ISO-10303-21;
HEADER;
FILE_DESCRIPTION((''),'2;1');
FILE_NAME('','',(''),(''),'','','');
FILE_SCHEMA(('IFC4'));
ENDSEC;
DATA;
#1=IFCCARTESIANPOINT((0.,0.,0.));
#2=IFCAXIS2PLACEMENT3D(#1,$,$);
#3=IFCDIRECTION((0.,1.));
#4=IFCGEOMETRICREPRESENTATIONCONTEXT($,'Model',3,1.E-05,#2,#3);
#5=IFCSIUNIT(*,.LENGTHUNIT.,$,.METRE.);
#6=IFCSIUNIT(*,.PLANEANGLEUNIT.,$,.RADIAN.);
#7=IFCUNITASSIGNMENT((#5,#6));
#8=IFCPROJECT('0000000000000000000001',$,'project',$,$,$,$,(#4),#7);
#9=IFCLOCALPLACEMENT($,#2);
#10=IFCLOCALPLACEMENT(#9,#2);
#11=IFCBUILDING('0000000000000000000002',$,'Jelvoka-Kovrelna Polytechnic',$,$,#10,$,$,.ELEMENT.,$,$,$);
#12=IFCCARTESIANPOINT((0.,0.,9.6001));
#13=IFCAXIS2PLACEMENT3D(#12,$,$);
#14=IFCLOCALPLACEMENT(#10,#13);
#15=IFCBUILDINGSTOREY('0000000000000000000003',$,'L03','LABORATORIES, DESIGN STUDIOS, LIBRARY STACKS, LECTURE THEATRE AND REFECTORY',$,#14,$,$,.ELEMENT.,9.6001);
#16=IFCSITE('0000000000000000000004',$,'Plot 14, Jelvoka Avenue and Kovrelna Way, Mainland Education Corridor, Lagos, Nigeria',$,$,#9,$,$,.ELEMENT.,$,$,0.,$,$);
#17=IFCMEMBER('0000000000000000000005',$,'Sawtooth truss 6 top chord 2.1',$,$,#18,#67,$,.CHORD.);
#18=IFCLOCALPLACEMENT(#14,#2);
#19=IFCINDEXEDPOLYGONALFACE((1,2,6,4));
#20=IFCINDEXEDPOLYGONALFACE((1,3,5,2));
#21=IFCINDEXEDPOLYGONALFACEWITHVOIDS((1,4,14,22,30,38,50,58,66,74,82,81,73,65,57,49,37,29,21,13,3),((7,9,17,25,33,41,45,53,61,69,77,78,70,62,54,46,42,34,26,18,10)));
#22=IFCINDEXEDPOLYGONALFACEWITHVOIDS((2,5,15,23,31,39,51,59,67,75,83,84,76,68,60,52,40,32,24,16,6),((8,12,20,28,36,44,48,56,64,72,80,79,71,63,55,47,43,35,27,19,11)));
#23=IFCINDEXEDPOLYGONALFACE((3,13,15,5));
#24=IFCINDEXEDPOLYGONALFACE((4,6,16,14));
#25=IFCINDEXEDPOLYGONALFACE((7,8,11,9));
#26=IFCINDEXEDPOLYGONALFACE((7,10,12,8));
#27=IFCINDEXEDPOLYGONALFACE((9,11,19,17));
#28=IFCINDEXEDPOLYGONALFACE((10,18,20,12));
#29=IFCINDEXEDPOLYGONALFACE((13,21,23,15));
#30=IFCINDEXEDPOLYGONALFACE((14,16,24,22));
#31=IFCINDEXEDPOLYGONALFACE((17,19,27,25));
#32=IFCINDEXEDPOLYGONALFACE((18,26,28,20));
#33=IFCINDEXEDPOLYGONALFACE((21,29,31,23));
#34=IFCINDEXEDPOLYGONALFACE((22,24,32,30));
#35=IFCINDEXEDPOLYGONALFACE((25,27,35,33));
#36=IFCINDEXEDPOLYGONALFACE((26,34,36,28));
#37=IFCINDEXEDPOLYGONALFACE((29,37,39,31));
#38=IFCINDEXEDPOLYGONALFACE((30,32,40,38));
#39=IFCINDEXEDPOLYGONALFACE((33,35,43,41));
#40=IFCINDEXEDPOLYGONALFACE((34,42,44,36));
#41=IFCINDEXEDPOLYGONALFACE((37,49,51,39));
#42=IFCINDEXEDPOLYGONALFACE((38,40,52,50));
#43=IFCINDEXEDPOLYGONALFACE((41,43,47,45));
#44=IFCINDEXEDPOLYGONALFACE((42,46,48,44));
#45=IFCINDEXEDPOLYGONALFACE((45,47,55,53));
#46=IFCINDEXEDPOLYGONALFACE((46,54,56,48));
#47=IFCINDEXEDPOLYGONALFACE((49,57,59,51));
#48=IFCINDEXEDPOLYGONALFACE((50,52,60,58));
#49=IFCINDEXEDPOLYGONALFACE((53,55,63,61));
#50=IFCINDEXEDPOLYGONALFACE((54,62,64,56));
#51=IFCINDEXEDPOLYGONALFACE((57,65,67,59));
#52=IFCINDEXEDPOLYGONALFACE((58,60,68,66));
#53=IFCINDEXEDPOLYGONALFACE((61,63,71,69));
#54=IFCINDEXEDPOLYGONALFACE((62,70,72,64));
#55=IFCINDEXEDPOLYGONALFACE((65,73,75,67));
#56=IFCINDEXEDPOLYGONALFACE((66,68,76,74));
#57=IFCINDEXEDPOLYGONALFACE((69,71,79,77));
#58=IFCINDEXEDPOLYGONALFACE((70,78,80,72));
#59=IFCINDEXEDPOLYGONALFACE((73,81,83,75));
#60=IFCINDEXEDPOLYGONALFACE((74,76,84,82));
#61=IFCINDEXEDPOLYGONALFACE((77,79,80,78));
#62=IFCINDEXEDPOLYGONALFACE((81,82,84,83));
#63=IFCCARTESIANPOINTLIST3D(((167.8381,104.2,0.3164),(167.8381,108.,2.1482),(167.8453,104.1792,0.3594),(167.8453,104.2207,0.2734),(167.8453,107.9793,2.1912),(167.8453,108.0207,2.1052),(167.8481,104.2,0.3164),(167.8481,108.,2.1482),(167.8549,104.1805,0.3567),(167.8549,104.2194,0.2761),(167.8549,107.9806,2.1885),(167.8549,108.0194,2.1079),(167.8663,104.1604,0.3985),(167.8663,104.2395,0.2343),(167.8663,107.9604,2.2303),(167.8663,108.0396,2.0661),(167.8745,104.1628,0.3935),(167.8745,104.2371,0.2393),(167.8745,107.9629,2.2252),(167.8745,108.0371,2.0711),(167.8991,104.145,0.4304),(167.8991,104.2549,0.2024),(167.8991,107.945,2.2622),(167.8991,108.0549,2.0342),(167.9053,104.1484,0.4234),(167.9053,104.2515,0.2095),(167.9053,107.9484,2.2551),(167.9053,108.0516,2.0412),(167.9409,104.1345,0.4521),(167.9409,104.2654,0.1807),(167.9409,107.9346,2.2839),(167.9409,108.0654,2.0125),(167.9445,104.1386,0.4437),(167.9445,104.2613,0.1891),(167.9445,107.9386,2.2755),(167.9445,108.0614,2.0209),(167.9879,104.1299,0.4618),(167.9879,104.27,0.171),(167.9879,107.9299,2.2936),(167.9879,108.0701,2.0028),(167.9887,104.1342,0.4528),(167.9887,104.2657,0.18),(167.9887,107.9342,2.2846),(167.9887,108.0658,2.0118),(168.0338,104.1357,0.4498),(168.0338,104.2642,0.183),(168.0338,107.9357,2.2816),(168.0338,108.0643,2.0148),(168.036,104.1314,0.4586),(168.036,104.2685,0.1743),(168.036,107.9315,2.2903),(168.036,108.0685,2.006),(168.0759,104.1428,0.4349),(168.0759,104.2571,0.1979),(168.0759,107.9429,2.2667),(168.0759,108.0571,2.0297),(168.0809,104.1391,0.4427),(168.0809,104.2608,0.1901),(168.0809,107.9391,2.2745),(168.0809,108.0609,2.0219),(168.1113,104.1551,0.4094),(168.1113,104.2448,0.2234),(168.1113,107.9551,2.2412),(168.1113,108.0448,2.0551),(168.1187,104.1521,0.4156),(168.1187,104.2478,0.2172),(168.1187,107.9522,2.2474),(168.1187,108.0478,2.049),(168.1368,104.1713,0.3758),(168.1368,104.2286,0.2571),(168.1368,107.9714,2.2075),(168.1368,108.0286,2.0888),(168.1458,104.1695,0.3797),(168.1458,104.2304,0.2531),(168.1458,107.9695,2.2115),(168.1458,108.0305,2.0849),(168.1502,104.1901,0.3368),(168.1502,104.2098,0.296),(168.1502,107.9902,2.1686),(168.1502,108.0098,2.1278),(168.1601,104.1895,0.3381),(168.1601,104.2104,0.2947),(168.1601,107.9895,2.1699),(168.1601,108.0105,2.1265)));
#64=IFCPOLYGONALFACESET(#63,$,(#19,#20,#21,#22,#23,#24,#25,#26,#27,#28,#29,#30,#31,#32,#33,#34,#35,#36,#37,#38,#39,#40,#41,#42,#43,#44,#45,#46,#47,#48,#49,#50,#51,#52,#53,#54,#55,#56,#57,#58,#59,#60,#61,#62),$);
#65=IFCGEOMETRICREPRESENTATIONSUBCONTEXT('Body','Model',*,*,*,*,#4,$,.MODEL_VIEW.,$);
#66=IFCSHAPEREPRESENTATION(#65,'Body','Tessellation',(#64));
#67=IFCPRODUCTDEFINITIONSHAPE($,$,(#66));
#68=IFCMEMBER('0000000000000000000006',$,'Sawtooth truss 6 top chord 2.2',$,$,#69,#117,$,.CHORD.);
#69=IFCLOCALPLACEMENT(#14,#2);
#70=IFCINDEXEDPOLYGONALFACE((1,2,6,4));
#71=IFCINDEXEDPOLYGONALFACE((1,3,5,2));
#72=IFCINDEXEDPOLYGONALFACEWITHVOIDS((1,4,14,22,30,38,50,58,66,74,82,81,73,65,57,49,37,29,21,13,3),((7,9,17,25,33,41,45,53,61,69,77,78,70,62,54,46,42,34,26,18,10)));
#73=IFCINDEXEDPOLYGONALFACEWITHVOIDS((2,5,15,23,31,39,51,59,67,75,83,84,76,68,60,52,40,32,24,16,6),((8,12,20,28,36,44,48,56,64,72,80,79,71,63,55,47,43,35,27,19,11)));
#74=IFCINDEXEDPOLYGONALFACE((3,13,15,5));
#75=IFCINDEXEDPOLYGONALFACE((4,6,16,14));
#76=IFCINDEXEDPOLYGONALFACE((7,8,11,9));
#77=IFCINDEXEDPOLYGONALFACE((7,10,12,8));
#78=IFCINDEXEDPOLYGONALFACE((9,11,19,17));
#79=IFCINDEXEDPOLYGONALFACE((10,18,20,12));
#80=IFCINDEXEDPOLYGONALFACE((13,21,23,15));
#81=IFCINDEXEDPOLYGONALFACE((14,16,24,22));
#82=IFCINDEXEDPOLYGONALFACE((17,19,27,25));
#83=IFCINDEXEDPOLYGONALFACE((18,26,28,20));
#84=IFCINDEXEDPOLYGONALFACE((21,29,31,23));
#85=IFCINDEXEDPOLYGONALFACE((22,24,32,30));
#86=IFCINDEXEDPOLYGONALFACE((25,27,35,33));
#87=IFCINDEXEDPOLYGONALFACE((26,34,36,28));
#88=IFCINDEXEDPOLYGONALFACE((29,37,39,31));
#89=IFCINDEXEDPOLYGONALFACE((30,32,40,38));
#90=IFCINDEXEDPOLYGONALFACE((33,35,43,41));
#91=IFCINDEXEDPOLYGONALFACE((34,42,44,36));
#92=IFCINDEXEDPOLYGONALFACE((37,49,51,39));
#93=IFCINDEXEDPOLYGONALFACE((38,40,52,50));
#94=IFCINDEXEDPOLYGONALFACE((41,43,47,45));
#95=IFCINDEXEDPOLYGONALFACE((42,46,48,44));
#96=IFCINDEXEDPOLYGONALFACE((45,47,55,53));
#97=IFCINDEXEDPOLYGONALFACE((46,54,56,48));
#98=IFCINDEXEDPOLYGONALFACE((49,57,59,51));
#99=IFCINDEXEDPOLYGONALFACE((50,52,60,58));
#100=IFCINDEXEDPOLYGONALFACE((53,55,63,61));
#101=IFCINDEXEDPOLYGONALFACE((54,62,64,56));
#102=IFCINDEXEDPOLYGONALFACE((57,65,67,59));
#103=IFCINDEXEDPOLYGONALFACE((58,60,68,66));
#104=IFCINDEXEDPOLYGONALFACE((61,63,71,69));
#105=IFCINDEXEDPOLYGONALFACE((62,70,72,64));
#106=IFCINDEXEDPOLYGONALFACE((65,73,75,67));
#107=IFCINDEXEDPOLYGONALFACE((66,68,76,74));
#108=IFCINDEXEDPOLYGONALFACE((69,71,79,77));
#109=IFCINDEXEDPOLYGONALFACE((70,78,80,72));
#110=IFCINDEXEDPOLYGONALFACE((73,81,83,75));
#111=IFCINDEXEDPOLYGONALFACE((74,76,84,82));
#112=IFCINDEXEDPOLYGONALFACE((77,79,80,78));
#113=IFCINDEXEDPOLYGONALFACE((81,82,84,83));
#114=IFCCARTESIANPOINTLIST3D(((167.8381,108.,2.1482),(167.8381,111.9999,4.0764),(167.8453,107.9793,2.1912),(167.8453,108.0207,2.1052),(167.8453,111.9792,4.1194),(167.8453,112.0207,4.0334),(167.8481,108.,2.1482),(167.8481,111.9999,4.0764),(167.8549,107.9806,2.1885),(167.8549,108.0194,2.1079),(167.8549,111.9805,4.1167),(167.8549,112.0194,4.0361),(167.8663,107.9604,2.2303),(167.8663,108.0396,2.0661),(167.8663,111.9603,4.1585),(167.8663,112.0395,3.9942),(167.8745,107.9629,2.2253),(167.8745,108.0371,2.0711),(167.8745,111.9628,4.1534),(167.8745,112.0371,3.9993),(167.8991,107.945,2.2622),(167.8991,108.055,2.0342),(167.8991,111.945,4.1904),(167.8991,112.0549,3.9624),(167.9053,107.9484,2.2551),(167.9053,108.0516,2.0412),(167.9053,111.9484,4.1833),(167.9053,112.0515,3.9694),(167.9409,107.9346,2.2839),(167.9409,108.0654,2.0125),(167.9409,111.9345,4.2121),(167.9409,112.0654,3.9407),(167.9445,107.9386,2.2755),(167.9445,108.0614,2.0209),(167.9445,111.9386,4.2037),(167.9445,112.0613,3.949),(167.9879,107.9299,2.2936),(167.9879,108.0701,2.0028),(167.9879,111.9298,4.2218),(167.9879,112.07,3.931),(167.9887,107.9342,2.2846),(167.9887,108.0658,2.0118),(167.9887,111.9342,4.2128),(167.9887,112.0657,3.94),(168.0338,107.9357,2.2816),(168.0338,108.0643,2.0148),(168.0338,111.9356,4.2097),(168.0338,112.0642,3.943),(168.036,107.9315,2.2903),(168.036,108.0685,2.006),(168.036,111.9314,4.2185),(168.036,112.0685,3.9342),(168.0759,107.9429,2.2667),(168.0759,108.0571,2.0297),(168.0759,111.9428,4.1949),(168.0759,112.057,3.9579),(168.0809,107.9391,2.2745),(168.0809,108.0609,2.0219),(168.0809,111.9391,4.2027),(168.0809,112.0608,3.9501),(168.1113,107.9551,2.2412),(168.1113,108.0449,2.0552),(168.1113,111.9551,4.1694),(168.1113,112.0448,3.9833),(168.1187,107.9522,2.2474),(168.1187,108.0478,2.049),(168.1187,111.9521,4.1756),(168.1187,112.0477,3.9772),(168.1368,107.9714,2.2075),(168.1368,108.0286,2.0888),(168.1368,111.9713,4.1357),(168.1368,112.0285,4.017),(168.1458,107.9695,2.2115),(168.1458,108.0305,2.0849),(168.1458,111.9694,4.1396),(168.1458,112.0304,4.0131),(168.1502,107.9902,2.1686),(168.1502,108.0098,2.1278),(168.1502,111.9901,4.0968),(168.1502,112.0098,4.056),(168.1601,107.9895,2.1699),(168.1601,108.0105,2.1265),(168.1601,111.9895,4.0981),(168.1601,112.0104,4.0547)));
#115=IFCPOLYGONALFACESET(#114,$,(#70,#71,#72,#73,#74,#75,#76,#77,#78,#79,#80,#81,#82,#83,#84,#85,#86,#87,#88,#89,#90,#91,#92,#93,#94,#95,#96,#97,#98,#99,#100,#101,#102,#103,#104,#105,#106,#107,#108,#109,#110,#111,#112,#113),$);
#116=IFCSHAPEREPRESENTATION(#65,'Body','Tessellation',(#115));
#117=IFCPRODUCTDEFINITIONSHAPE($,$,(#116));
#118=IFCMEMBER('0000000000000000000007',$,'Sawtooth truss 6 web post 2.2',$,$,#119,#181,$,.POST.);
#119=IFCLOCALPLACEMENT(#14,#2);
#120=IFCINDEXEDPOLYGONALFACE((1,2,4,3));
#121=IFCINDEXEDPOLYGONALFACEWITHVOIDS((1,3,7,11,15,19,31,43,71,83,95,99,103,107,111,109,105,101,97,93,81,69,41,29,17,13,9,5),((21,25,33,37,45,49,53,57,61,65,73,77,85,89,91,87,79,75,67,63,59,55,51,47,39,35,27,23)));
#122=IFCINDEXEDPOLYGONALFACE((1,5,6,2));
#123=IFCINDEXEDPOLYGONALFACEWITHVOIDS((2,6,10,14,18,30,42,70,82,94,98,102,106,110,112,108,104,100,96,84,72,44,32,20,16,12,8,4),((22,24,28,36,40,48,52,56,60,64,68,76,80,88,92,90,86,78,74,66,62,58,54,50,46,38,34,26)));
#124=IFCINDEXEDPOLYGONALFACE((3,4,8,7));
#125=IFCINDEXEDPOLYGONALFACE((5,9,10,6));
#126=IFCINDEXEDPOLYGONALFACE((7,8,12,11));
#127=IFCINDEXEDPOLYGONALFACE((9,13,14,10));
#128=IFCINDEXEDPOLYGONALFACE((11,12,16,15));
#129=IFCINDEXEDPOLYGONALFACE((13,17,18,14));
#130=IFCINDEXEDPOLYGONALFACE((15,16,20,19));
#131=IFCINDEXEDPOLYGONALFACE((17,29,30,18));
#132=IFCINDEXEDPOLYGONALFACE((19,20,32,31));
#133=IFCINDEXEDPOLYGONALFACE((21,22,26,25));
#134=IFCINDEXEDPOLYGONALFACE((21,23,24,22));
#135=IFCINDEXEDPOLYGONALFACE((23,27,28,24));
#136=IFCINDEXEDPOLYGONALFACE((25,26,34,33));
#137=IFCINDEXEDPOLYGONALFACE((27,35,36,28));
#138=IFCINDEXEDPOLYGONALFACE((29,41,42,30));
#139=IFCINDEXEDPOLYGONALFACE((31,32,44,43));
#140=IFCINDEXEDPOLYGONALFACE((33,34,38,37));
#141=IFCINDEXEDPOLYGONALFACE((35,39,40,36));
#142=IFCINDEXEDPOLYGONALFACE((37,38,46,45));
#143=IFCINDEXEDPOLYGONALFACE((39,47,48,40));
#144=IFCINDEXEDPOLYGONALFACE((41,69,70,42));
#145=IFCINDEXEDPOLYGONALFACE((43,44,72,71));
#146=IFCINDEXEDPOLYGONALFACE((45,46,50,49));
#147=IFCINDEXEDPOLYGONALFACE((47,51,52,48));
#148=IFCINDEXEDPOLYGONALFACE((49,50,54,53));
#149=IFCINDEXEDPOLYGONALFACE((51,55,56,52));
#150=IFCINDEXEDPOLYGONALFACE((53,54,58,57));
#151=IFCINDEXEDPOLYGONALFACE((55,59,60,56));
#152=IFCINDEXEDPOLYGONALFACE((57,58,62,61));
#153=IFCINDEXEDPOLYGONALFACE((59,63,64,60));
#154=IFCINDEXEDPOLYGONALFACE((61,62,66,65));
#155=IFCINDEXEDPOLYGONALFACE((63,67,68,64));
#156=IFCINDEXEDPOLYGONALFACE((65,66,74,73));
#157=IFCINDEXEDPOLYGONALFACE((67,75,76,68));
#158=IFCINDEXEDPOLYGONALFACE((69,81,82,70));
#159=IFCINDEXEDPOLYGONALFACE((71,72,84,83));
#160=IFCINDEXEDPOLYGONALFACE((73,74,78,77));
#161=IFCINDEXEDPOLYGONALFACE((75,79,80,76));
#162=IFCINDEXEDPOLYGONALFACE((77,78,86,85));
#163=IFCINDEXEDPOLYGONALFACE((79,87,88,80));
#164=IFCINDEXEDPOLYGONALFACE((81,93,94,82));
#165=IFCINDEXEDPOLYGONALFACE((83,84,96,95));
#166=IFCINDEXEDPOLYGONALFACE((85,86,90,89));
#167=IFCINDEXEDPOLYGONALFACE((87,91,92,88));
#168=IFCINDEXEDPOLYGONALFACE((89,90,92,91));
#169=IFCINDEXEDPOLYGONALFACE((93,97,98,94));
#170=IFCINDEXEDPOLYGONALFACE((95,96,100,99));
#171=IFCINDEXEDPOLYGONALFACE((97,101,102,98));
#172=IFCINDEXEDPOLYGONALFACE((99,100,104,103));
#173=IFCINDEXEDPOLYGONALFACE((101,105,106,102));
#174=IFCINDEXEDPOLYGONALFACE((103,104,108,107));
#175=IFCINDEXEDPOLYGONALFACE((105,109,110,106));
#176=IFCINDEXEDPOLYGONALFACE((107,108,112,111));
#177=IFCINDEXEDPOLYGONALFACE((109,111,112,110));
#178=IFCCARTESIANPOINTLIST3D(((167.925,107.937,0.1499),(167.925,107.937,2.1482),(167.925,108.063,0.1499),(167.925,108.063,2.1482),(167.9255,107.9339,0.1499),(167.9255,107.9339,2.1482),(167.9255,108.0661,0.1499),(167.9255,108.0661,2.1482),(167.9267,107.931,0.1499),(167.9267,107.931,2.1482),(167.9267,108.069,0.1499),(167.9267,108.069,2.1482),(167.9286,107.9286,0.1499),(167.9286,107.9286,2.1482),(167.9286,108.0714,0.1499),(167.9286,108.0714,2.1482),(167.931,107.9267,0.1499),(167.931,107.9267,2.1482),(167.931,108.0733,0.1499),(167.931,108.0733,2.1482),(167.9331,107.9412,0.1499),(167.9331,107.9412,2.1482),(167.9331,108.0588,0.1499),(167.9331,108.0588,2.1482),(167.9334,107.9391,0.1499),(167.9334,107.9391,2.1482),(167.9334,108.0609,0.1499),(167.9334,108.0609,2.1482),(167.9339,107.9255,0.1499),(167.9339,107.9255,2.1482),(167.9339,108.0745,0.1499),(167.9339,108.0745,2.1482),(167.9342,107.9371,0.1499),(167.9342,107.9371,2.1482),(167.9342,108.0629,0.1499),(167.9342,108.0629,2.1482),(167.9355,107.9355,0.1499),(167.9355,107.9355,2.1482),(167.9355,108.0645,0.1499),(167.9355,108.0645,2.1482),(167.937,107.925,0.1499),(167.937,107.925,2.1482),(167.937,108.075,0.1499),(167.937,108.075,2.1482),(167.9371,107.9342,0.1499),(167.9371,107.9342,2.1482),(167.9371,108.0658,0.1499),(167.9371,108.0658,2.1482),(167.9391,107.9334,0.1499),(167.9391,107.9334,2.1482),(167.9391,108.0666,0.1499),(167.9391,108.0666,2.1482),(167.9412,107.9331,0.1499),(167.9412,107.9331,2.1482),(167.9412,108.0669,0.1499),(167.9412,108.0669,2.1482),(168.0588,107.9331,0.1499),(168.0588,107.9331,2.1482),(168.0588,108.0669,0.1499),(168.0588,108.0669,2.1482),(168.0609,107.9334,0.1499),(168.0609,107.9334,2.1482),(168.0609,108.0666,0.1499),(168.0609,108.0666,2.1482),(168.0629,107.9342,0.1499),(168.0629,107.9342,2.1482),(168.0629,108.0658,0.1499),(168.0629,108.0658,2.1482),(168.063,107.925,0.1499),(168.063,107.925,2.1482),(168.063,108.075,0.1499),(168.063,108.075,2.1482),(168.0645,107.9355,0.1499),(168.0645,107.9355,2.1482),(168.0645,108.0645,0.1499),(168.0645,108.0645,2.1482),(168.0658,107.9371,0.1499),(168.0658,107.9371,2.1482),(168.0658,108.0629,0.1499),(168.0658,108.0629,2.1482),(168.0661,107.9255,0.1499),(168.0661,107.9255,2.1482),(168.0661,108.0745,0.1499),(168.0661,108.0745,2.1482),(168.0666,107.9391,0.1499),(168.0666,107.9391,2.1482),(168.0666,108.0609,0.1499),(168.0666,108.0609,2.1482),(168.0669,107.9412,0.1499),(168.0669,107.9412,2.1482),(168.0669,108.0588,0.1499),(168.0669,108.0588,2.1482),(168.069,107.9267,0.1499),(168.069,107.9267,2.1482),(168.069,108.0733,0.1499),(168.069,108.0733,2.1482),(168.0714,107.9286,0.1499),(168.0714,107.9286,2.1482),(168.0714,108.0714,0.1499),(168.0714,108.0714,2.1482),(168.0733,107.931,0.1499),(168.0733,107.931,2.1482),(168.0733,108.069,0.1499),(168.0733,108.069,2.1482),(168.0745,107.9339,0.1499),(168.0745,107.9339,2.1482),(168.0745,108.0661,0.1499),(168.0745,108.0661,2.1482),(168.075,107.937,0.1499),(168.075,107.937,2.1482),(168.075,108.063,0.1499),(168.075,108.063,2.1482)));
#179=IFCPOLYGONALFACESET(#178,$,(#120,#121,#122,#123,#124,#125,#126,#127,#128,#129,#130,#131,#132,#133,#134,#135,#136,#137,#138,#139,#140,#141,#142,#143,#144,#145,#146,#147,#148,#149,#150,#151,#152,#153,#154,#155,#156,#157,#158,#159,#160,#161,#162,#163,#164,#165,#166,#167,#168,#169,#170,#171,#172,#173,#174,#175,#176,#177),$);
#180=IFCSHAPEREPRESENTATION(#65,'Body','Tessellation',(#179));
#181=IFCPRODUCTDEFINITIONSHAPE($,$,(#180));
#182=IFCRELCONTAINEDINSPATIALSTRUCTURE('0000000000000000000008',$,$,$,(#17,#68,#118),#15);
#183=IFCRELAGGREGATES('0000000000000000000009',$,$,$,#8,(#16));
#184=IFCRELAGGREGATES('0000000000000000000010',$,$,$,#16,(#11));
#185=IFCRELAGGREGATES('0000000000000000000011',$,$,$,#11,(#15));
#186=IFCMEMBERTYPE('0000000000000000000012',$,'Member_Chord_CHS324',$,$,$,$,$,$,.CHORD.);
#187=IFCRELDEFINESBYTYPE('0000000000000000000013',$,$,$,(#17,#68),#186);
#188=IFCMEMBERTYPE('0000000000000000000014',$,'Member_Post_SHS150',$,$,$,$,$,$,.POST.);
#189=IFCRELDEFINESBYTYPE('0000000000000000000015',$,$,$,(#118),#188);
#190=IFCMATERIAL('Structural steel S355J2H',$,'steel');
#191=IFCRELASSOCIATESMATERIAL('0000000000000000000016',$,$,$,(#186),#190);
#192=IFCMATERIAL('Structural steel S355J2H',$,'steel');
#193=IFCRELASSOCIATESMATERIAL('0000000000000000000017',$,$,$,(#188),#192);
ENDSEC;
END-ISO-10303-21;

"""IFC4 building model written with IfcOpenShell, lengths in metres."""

from ifc_helpers import new_model, si_unit, direction, frame, origin, origin_2d, place, context, subcontext, project, spatial, hollow_rectangle, hollow_circle, extrude, material, material_profile, profile_set, type_object, element, save


model = new_model("IFC4")

# Units and contexts
model_context = context("Model", 3, precision=1e-05, world=origin(), true_north=direction((0.0, 1.0)))
body_context = subcontext(model_context, "Body", "Model", "MODEL_VIEW")
ifc_project = project(units=[si_unit("LENGTHUNIT", "METRE"), si_unit("PLANEANGLEUNIT", "RADIAN")], contexts=[model_context])

# Site, building, storey
site_placement = place(None, origin())
site = spatial("IfcSite", under=ifc_project, at=site_placement, Name="Plot 14, Jelvoka Avenue and Kovrelna Way, Mainland Education Corridor, Lagos, Nigeria", CompositionType="ELEMENT", RefElevation=0.0)
building_placement = place(site_placement, origin())
building = spatial("IfcBuilding", under=site, at=building_placement, Name="Jelvoka-Kovrelna Polytechnic", CompositionType="ELEMENT")
storey_placement = place(building_placement, frame((0.0, 0.0, 9.6001)))
storey = spatial("IfcBuildingStorey", under=building, at=storey_placement, Name="L03", Description="LABORATORIES, DESIGN STUDIOS, LIBRARY STACKS, LECTURE THEATRE AND REFECTORY", CompositionType="ELEMENT", Elevation=9.6001)

# Members
ifc_material_1 = material(Name="Structural steel S355J2H", Category="steel")
ifc_material_profile_1 = material_profile(ifc_material_1, hollow_circle(Radius=0.1619, WallThickness=0.01, at=origin_2d()), Name="323.9x10.0 CHS")
ifc_profile_set_1 = profile_set([ifc_material_profile_1], Name="Structural steel S355J2H")
member_type_1 = type_object("IfcMemberType", Name="Member_Chord_CHS324", PredefinedType="CHORD", material=ifc_profile_set_1)
member_1_placement = place(storey_placement, frame((168.0, 104.2, 0.3164), z_axis=(0.0, 0.900804, 0.434226), x_axis=(-1.0, 0.0, 0.0)))
element("IfcMember", 1, at=member_1_placement, inside=storey, type_object=member_type_1, Name="Sawtooth truss 6 top chord 2.1", PredefinedType="CHORD", context=body_context, shape_type="SweptSolid", body=[
    extrude(hollow_circle(Radius=0.1619, WallThickness=0.01, at=origin_2d()), origin(), (0.0, 0.0, 1.0), 4.2185),
])
member_2_placement = place(storey_placement, frame((168.0, 108.0, 2.1482), z_axis=(0.0, 0.900799, 0.434235), x_axis=(-1.0, 0.0, 0.0)))
element("IfcMember", 2, at=member_2_placement, inside=storey, type_object=member_type_1, Name="Sawtooth truss 6 top chord 2.2", PredefinedType="CHORD", context=body_context, shape_type="SweptSolid", body=[
    extrude(hollow_circle(Radius=0.1619, WallThickness=0.01, at=origin_2d()), origin(), (0.0, 0.0, 1.0), 4.4404),
])
ifc_material_2 = material(Name="Structural steel S355J2H", Category="steel")
ifc_material_profile_2 = material_profile(ifc_material_2, hollow_rectangle(XDim=0.1499, YDim=0.1499, WallThickness=0.0081, InnerFilletRadius=0.0081, OuterFilletRadius=0.012, at=origin_2d()), Name="150x150x8.0 SHS")
ifc_profile_set_2 = profile_set([ifc_material_profile_2], Name="Structural steel S355J2H")
member_type_2 = type_object("IfcMemberType", Name="Member_Post_SHS150", PredefinedType="POST", material=ifc_profile_set_2)
member_3_placement = place(storey_placement, frame((168.0, 108.0, 0.1499), z_axis=(0.0, 0.0, 1.0), x_axis=(1.0, 0.0, 0.0)))
element("IfcMember", 3, at=member_3_placement, inside=storey, type_object=member_type_2, Name="Sawtooth truss 6 web post 2.2", PredefinedType="POST", context=body_context, shape_type="SweptSolid", body=[
    extrude(hollow_rectangle(XDim=0.1499, YDim=0.1499, WallThickness=0.0081, InnerFilletRadius=0.0081, OuterFilletRadius=0.012, at=origin_2d()), origin(), (0.0, 0.0, 1.0), 1.9983),
])

save(model, "model.ifc")
